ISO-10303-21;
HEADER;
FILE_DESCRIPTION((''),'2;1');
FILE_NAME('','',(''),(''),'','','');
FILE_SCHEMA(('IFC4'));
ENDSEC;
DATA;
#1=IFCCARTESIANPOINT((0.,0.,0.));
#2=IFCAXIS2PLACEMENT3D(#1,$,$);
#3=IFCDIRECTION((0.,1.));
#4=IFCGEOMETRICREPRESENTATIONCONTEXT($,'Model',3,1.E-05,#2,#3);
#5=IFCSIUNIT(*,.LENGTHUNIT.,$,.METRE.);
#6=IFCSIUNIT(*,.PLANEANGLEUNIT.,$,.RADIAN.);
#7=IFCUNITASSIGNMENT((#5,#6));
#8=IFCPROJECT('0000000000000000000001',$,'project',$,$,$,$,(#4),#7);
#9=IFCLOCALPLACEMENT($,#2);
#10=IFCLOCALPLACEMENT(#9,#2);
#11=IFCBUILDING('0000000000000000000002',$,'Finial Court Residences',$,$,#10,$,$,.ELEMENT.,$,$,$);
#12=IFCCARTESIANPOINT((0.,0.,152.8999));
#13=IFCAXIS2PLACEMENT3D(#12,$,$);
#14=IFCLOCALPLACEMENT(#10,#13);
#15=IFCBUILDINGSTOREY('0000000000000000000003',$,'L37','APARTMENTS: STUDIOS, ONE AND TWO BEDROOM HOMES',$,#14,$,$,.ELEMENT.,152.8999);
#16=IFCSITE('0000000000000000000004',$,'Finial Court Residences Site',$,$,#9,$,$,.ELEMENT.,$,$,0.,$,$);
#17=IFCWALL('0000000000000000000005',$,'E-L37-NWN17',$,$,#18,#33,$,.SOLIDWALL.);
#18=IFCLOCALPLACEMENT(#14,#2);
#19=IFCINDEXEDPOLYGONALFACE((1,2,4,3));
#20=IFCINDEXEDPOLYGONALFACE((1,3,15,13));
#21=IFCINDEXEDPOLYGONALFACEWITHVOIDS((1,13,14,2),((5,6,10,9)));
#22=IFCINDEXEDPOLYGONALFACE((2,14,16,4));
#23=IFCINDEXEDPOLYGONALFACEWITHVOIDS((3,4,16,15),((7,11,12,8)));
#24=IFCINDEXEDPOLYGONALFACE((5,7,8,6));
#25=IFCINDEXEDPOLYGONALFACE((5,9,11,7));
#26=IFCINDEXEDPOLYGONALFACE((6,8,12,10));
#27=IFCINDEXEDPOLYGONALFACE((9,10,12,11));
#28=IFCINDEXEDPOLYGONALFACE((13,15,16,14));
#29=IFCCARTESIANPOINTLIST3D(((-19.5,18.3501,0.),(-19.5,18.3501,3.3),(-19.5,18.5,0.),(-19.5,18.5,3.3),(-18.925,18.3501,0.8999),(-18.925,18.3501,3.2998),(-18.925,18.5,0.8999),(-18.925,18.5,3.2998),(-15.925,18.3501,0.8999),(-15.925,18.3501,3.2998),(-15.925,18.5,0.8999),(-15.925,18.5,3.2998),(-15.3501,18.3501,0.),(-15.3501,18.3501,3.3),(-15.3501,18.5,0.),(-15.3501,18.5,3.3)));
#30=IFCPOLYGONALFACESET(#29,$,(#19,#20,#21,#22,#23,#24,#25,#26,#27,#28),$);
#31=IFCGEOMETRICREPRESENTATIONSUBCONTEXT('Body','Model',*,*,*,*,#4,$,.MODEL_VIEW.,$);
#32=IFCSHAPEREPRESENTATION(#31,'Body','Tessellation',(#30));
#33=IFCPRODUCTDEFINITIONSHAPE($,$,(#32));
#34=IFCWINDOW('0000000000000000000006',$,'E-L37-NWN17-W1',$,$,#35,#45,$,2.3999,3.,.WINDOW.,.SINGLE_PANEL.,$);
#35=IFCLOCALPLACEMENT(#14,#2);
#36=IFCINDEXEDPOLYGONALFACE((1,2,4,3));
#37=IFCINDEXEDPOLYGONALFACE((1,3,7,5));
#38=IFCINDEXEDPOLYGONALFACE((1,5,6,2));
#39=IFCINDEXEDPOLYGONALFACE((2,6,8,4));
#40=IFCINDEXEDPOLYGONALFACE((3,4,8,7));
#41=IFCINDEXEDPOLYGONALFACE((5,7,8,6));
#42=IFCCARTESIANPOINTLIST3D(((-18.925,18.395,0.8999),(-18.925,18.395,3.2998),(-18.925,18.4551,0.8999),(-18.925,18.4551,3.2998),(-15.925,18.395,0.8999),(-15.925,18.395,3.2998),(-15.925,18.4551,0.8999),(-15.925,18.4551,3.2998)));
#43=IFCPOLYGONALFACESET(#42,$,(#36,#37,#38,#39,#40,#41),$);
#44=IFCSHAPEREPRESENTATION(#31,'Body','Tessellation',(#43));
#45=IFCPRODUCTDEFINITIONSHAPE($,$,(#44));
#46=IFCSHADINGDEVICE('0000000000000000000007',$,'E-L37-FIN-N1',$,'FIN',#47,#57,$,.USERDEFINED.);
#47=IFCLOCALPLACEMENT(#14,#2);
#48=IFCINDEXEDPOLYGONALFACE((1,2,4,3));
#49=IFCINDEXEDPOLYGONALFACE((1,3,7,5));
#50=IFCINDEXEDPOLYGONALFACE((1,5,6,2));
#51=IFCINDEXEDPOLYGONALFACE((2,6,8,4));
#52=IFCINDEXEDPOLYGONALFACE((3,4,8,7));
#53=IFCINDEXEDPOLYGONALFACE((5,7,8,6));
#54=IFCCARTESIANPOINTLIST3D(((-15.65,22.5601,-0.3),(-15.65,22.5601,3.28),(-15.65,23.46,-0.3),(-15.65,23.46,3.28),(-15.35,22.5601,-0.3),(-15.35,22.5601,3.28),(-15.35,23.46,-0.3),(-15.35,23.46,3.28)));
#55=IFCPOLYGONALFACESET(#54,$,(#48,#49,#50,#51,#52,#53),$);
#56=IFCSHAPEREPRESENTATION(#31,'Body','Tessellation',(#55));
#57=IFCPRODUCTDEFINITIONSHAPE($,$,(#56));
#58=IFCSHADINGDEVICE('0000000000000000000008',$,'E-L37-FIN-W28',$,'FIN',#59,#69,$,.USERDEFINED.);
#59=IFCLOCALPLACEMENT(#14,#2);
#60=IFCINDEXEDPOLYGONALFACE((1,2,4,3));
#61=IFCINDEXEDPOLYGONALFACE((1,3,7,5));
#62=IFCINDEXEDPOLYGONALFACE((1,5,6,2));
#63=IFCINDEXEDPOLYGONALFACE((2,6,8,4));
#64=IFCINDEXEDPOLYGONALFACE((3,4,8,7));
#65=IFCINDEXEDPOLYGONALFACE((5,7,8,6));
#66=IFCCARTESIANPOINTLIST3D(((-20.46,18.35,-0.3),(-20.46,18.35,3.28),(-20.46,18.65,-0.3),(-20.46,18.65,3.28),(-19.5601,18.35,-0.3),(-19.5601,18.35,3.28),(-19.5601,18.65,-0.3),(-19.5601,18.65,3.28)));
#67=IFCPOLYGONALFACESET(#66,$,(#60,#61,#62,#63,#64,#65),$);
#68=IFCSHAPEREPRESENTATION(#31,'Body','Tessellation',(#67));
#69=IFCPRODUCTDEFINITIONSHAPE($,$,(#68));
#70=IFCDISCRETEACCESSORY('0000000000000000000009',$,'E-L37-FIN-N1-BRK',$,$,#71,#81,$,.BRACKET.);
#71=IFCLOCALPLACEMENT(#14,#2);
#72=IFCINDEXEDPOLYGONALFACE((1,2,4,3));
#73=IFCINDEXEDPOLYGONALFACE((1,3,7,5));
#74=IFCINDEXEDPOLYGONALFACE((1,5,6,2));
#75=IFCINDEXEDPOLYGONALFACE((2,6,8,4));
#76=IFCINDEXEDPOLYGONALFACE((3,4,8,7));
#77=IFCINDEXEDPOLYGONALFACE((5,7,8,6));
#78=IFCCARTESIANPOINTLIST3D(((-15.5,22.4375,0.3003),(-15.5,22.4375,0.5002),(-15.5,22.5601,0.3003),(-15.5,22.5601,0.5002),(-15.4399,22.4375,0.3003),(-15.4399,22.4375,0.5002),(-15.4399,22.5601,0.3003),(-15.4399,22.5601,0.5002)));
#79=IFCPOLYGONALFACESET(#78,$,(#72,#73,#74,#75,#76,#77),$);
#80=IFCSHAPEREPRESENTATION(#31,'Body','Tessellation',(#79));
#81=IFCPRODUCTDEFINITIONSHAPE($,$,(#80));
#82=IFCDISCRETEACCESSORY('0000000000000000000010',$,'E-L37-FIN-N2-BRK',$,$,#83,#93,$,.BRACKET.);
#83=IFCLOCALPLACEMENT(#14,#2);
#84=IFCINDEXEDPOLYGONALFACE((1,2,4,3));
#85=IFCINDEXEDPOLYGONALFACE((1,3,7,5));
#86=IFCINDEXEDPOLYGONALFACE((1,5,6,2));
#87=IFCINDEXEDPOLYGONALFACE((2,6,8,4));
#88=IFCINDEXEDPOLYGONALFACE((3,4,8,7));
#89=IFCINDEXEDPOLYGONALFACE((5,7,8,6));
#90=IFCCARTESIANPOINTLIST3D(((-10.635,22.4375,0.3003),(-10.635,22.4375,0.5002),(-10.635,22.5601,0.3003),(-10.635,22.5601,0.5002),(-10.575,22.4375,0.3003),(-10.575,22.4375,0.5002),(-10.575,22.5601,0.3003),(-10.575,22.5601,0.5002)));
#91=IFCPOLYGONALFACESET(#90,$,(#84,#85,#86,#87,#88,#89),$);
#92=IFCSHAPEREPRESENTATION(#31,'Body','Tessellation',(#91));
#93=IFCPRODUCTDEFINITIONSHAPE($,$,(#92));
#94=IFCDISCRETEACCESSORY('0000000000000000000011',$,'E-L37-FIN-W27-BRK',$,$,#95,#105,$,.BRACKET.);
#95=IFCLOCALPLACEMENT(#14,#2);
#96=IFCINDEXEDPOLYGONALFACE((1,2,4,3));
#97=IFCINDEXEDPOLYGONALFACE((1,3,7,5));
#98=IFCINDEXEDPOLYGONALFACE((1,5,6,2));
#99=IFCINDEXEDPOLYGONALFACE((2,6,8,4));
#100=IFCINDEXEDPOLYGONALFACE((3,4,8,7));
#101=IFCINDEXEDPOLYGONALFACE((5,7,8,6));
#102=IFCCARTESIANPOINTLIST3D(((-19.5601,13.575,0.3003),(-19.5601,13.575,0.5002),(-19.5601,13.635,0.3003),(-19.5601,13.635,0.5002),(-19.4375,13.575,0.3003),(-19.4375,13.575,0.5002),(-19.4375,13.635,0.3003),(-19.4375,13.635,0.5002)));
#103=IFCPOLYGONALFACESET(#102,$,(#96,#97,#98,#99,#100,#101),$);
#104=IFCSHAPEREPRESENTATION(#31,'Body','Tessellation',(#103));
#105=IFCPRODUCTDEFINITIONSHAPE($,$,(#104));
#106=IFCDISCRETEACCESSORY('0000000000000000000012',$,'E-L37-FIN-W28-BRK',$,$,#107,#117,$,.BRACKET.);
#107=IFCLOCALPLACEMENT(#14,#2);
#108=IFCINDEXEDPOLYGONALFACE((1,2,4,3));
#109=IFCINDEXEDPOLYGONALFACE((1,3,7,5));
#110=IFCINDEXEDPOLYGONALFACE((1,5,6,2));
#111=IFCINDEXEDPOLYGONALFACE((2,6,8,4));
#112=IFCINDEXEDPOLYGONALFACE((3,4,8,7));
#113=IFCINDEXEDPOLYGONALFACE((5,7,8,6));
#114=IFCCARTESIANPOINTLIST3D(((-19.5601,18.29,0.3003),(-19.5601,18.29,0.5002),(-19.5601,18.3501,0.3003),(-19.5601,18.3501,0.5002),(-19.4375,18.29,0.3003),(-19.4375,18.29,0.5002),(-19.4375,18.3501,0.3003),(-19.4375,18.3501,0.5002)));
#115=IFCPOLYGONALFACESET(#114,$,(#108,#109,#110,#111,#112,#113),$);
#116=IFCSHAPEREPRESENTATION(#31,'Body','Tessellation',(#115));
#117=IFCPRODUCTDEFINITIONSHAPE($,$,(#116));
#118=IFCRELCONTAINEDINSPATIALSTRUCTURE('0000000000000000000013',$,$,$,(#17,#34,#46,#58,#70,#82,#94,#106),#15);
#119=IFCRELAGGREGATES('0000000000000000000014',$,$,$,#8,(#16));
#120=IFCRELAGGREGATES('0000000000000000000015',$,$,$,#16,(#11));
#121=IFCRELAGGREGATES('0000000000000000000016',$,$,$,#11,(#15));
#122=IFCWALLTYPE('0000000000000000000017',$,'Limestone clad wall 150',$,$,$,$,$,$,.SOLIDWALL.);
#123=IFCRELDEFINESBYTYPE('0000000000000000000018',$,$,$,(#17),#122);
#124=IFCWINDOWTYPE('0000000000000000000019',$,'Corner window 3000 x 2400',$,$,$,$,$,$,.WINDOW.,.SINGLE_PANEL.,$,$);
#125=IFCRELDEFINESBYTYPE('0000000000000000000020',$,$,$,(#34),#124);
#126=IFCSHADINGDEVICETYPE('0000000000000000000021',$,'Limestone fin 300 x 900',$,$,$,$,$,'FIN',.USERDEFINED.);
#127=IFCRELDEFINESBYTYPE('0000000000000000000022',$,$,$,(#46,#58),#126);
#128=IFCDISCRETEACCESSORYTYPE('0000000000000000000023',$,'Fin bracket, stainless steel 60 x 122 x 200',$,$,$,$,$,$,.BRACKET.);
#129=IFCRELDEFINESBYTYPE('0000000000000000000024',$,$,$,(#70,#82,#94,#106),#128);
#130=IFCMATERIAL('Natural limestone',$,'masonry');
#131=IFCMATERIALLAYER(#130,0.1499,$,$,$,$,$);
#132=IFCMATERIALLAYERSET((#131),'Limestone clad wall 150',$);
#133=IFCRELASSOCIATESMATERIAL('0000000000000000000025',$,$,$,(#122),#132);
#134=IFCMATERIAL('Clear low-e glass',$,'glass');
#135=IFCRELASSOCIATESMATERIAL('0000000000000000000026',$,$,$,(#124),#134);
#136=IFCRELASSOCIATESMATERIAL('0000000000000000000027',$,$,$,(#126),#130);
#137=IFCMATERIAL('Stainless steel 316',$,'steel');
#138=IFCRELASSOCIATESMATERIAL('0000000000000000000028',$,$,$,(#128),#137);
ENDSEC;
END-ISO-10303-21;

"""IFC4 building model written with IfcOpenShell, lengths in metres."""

from ifc_helpers import new_model, si_unit, direction, frame, frame_2d, origin, origin_2d, place, context, subcontext, project, spatial, rectangle, extrude, material, layer, layer_set, type_object, element, fill, save


model = new_model("IFC4")

# Units and contexts
model_context = context("Model", 3, precision=1e-05, world=origin(), true_north=direction((0.0, 1.0)))
body_context = subcontext(model_context, "Body", "Model", "MODEL_VIEW")
ifc_project = project(units=[si_unit("LENGTHUNIT", "METRE"), si_unit("PLANEANGLEUNIT", "RADIAN")], contexts=[model_context])

# Site, building, storey
site_placement = place(None, origin())
site = spatial("IfcSite", under=ifc_project, at=site_placement, Name="Finial Court Residences Site", CompositionType="ELEMENT", RefElevation=0.0)
building_placement = place(site_placement, origin())
building = spatial("IfcBuilding", under=site, at=building_placement, Name="Finial Court Residences", CompositionType="ELEMENT")
storey_placement = place(building_placement, frame((0.0, 0.0, 152.8999)))
storey = spatial("IfcBuildingStorey", under=building, at=storey_placement, Name="L37", Description="APARTMENTS: STUDIOS, ONE AND TWO BEDROOM HOMES", CompositionType="ELEMENT", Elevation=152.8999)

# Shared definitions
ifc_material_1 = material(Name="Clear low-e glass", Category="glass")

# Wall, opening, window
ifc_material_2 = material(Name="Natural limestone", Category="masonry")
ifc_layer_1 = layer(ifc_material_2, 0.1499)
ifc_layer_set_1 = layer_set([ifc_layer_1], Name="Limestone clad wall 150")
wall_type_1 = type_object("IfcWallType", Name="Limestone clad wall 150", PredefinedType="SOLIDWALL", material=ifc_layer_set_1)
wall_1_placement = place(storey_placement, frame((-19.5, 18.425, 0.0), z_axis=(0.0, 0.0, 1.0), x_axis=(1.0, 0.0, 0.0)))
wall_1 = element("IfcWall", 1, at=wall_1_placement, inside=storey, type_object=wall_type_1, Name="E-L37-NWN17", PredefinedType="SOLIDWALL", context=body_context, shape_type="SweptSolid", body=[
    extrude(rectangle(XDim=4.1499, YDim=0.1499, at=frame_2d((2.075, 0.0))), origin(), (0.0, 0.0, 1.0), 3.3),
])
opening_1_placement = place(wall_1_placement, frame((0.575, 0.0, 0.8999)))
opening_1 = element("IfcOpeningElement", 2, at=opening_1_placement, cuts=wall_1, PredefinedType="OPENING", context=body_context, shape_type="SweptSolid", body=[
    extrude(rectangle(XDim=3.0, YDim=2.3999, at=frame_2d((1.5, 1.2))), frame((0.0, 0.085, 0.0), z_axis=(0.0, -1.0, 0.0), x_axis=(1.0, 0.0, 0.0)), (0.0, 0.0, 1.0), 0.1699),
])
window_type_1 = type_object("IfcWindowType", Name="Corner window 3000 x 2400", PartitioningType="SINGLE_PANEL", PredefinedType="WINDOW", material=ifc_material_1)
window_1_placement = place(opening_1_placement, origin())
window_1 = element("IfcWindow", 3, at=window_1_placement, inside=storey, type_object=window_type_1, Name="E-L37-NWN17-W1", OverallHeight=2.3999, OverallWidth=3.0, PartitioningType="SINGLE_PANEL", PredefinedType="WINDOW", context=body_context, shape_type="SweptSolid", body=[
    extrude(rectangle(XDim=3.0, YDim=2.3999, at=frame_2d((1.5, 1.2))), frame((0.0, 0.03, 0.0), z_axis=(0.0, -1.0, 0.0), x_axis=(1.0, 0.0, 0.0)), (0.0, 0.0, 1.0), 0.0601),
])
fill(opening_1, window_1)

# Shading devices
shading_device_type = type_object("IfcShadingDeviceType", Name="Limestone fin 300 x 900", ElementType="FIN", PredefinedType="USERDEFINED", material=ifc_material_2)
shading_device_1_placement = place(storey_placement, frame((-15.5, 23.01, -0.3), z_axis=(0.0, 0.0, 1.0), x_axis=(1.0, 0.0, 0.0)))
element("IfcShadingDevice", 4, at=shading_device_1_placement, inside=storey, type_object=shading_device_type, Name="E-L37-FIN-N1", ObjectType="FIN", PredefinedType="USERDEFINED", context=body_context, shape_type="SweptSolid", body=[
    extrude(rectangle(XDim=0.3, YDim=0.8999, at=origin_2d()), origin(), (0.0, 0.0, 1.0), 3.5801),
])
shading_device_2_placement = place(storey_placement, frame((-20.01, 18.5, -0.3), z_axis=(0.0, 0.0, 1.0), x_axis=(1.0, 0.0, 0.0)))
element("IfcShadingDevice", 5, at=shading_device_2_placement, inside=storey, type_object=shading_device_type, Name="E-L37-FIN-W28", ObjectType="FIN", PredefinedType="USERDEFINED", context=body_context, shape_type="SweptSolid", body=[
    extrude(rectangle(XDim=0.8999, YDim=0.3, at=origin_2d()), origin(), (0.0, 0.0, 1.0), 3.5801),
])

# Discrete accessories
ifc_material_3 = material(Name="Stainless steel 316", Category="steel")
discrete_accessory_type = type_object("IfcDiscreteAccessoryType", Name="Fin bracket, stainless steel 60 x 122 x 200", PredefinedType="BRACKET", material=ifc_material_3)
for number, where, z_axis, x_axis, name in (
    (6, (-15.47, 22.4988, 0.3003), (0.0, 0.0, 1.0), (1.0, 0.0, 0.0), "E-L37-FIN-N1-BRK"),
    (7, (-10.605, 22.4988, 0.3003), (0.0, 0.0, 1.0), (1.0, 0.0, 0.0), "E-L37-FIN-N2-BRK"),
):
    element("IfcDiscreteAccessory", number, at=place(storey_placement, frame(where, z_axis=z_axis, x_axis=x_axis)), inside=storey, type_object=discrete_accessory_type, Name=name, PredefinedType="BRACKET", context=body_context, shape_type="SweptSolid", body=[
        extrude(rectangle(XDim=0.0601, YDim=0.1226, at=origin_2d()), origin(), (0.0, 0.0, 1.0), 0.2),
    ])
for number, where, z_axis, x_axis, name in (
    (8, (-19.4988, 13.605, 0.3003), (0.0, 0.0, 1.0), (1.0, 0.0, 0.0), "E-L37-FIN-W27-BRK"),
    (9, (-19.4988, 18.3201, 0.3003), (0.0, 0.0, 1.0), (1.0, 0.0, 0.0), "E-L37-FIN-W28-BRK"),
):
    element("IfcDiscreteAccessory", number, at=place(storey_placement, frame(where, z_axis=z_axis, x_axis=x_axis)), inside=storey, type_object=discrete_accessory_type, Name=name, PredefinedType="BRACKET", context=body_context, shape_type="SweptSolid", body=[
        extrude(rectangle(XDim=0.1226, YDim=0.0601, at=origin_2d()), origin(), (0.0, 0.0, 1.0), 0.2),
    ])

save(model, "model.ifc")
